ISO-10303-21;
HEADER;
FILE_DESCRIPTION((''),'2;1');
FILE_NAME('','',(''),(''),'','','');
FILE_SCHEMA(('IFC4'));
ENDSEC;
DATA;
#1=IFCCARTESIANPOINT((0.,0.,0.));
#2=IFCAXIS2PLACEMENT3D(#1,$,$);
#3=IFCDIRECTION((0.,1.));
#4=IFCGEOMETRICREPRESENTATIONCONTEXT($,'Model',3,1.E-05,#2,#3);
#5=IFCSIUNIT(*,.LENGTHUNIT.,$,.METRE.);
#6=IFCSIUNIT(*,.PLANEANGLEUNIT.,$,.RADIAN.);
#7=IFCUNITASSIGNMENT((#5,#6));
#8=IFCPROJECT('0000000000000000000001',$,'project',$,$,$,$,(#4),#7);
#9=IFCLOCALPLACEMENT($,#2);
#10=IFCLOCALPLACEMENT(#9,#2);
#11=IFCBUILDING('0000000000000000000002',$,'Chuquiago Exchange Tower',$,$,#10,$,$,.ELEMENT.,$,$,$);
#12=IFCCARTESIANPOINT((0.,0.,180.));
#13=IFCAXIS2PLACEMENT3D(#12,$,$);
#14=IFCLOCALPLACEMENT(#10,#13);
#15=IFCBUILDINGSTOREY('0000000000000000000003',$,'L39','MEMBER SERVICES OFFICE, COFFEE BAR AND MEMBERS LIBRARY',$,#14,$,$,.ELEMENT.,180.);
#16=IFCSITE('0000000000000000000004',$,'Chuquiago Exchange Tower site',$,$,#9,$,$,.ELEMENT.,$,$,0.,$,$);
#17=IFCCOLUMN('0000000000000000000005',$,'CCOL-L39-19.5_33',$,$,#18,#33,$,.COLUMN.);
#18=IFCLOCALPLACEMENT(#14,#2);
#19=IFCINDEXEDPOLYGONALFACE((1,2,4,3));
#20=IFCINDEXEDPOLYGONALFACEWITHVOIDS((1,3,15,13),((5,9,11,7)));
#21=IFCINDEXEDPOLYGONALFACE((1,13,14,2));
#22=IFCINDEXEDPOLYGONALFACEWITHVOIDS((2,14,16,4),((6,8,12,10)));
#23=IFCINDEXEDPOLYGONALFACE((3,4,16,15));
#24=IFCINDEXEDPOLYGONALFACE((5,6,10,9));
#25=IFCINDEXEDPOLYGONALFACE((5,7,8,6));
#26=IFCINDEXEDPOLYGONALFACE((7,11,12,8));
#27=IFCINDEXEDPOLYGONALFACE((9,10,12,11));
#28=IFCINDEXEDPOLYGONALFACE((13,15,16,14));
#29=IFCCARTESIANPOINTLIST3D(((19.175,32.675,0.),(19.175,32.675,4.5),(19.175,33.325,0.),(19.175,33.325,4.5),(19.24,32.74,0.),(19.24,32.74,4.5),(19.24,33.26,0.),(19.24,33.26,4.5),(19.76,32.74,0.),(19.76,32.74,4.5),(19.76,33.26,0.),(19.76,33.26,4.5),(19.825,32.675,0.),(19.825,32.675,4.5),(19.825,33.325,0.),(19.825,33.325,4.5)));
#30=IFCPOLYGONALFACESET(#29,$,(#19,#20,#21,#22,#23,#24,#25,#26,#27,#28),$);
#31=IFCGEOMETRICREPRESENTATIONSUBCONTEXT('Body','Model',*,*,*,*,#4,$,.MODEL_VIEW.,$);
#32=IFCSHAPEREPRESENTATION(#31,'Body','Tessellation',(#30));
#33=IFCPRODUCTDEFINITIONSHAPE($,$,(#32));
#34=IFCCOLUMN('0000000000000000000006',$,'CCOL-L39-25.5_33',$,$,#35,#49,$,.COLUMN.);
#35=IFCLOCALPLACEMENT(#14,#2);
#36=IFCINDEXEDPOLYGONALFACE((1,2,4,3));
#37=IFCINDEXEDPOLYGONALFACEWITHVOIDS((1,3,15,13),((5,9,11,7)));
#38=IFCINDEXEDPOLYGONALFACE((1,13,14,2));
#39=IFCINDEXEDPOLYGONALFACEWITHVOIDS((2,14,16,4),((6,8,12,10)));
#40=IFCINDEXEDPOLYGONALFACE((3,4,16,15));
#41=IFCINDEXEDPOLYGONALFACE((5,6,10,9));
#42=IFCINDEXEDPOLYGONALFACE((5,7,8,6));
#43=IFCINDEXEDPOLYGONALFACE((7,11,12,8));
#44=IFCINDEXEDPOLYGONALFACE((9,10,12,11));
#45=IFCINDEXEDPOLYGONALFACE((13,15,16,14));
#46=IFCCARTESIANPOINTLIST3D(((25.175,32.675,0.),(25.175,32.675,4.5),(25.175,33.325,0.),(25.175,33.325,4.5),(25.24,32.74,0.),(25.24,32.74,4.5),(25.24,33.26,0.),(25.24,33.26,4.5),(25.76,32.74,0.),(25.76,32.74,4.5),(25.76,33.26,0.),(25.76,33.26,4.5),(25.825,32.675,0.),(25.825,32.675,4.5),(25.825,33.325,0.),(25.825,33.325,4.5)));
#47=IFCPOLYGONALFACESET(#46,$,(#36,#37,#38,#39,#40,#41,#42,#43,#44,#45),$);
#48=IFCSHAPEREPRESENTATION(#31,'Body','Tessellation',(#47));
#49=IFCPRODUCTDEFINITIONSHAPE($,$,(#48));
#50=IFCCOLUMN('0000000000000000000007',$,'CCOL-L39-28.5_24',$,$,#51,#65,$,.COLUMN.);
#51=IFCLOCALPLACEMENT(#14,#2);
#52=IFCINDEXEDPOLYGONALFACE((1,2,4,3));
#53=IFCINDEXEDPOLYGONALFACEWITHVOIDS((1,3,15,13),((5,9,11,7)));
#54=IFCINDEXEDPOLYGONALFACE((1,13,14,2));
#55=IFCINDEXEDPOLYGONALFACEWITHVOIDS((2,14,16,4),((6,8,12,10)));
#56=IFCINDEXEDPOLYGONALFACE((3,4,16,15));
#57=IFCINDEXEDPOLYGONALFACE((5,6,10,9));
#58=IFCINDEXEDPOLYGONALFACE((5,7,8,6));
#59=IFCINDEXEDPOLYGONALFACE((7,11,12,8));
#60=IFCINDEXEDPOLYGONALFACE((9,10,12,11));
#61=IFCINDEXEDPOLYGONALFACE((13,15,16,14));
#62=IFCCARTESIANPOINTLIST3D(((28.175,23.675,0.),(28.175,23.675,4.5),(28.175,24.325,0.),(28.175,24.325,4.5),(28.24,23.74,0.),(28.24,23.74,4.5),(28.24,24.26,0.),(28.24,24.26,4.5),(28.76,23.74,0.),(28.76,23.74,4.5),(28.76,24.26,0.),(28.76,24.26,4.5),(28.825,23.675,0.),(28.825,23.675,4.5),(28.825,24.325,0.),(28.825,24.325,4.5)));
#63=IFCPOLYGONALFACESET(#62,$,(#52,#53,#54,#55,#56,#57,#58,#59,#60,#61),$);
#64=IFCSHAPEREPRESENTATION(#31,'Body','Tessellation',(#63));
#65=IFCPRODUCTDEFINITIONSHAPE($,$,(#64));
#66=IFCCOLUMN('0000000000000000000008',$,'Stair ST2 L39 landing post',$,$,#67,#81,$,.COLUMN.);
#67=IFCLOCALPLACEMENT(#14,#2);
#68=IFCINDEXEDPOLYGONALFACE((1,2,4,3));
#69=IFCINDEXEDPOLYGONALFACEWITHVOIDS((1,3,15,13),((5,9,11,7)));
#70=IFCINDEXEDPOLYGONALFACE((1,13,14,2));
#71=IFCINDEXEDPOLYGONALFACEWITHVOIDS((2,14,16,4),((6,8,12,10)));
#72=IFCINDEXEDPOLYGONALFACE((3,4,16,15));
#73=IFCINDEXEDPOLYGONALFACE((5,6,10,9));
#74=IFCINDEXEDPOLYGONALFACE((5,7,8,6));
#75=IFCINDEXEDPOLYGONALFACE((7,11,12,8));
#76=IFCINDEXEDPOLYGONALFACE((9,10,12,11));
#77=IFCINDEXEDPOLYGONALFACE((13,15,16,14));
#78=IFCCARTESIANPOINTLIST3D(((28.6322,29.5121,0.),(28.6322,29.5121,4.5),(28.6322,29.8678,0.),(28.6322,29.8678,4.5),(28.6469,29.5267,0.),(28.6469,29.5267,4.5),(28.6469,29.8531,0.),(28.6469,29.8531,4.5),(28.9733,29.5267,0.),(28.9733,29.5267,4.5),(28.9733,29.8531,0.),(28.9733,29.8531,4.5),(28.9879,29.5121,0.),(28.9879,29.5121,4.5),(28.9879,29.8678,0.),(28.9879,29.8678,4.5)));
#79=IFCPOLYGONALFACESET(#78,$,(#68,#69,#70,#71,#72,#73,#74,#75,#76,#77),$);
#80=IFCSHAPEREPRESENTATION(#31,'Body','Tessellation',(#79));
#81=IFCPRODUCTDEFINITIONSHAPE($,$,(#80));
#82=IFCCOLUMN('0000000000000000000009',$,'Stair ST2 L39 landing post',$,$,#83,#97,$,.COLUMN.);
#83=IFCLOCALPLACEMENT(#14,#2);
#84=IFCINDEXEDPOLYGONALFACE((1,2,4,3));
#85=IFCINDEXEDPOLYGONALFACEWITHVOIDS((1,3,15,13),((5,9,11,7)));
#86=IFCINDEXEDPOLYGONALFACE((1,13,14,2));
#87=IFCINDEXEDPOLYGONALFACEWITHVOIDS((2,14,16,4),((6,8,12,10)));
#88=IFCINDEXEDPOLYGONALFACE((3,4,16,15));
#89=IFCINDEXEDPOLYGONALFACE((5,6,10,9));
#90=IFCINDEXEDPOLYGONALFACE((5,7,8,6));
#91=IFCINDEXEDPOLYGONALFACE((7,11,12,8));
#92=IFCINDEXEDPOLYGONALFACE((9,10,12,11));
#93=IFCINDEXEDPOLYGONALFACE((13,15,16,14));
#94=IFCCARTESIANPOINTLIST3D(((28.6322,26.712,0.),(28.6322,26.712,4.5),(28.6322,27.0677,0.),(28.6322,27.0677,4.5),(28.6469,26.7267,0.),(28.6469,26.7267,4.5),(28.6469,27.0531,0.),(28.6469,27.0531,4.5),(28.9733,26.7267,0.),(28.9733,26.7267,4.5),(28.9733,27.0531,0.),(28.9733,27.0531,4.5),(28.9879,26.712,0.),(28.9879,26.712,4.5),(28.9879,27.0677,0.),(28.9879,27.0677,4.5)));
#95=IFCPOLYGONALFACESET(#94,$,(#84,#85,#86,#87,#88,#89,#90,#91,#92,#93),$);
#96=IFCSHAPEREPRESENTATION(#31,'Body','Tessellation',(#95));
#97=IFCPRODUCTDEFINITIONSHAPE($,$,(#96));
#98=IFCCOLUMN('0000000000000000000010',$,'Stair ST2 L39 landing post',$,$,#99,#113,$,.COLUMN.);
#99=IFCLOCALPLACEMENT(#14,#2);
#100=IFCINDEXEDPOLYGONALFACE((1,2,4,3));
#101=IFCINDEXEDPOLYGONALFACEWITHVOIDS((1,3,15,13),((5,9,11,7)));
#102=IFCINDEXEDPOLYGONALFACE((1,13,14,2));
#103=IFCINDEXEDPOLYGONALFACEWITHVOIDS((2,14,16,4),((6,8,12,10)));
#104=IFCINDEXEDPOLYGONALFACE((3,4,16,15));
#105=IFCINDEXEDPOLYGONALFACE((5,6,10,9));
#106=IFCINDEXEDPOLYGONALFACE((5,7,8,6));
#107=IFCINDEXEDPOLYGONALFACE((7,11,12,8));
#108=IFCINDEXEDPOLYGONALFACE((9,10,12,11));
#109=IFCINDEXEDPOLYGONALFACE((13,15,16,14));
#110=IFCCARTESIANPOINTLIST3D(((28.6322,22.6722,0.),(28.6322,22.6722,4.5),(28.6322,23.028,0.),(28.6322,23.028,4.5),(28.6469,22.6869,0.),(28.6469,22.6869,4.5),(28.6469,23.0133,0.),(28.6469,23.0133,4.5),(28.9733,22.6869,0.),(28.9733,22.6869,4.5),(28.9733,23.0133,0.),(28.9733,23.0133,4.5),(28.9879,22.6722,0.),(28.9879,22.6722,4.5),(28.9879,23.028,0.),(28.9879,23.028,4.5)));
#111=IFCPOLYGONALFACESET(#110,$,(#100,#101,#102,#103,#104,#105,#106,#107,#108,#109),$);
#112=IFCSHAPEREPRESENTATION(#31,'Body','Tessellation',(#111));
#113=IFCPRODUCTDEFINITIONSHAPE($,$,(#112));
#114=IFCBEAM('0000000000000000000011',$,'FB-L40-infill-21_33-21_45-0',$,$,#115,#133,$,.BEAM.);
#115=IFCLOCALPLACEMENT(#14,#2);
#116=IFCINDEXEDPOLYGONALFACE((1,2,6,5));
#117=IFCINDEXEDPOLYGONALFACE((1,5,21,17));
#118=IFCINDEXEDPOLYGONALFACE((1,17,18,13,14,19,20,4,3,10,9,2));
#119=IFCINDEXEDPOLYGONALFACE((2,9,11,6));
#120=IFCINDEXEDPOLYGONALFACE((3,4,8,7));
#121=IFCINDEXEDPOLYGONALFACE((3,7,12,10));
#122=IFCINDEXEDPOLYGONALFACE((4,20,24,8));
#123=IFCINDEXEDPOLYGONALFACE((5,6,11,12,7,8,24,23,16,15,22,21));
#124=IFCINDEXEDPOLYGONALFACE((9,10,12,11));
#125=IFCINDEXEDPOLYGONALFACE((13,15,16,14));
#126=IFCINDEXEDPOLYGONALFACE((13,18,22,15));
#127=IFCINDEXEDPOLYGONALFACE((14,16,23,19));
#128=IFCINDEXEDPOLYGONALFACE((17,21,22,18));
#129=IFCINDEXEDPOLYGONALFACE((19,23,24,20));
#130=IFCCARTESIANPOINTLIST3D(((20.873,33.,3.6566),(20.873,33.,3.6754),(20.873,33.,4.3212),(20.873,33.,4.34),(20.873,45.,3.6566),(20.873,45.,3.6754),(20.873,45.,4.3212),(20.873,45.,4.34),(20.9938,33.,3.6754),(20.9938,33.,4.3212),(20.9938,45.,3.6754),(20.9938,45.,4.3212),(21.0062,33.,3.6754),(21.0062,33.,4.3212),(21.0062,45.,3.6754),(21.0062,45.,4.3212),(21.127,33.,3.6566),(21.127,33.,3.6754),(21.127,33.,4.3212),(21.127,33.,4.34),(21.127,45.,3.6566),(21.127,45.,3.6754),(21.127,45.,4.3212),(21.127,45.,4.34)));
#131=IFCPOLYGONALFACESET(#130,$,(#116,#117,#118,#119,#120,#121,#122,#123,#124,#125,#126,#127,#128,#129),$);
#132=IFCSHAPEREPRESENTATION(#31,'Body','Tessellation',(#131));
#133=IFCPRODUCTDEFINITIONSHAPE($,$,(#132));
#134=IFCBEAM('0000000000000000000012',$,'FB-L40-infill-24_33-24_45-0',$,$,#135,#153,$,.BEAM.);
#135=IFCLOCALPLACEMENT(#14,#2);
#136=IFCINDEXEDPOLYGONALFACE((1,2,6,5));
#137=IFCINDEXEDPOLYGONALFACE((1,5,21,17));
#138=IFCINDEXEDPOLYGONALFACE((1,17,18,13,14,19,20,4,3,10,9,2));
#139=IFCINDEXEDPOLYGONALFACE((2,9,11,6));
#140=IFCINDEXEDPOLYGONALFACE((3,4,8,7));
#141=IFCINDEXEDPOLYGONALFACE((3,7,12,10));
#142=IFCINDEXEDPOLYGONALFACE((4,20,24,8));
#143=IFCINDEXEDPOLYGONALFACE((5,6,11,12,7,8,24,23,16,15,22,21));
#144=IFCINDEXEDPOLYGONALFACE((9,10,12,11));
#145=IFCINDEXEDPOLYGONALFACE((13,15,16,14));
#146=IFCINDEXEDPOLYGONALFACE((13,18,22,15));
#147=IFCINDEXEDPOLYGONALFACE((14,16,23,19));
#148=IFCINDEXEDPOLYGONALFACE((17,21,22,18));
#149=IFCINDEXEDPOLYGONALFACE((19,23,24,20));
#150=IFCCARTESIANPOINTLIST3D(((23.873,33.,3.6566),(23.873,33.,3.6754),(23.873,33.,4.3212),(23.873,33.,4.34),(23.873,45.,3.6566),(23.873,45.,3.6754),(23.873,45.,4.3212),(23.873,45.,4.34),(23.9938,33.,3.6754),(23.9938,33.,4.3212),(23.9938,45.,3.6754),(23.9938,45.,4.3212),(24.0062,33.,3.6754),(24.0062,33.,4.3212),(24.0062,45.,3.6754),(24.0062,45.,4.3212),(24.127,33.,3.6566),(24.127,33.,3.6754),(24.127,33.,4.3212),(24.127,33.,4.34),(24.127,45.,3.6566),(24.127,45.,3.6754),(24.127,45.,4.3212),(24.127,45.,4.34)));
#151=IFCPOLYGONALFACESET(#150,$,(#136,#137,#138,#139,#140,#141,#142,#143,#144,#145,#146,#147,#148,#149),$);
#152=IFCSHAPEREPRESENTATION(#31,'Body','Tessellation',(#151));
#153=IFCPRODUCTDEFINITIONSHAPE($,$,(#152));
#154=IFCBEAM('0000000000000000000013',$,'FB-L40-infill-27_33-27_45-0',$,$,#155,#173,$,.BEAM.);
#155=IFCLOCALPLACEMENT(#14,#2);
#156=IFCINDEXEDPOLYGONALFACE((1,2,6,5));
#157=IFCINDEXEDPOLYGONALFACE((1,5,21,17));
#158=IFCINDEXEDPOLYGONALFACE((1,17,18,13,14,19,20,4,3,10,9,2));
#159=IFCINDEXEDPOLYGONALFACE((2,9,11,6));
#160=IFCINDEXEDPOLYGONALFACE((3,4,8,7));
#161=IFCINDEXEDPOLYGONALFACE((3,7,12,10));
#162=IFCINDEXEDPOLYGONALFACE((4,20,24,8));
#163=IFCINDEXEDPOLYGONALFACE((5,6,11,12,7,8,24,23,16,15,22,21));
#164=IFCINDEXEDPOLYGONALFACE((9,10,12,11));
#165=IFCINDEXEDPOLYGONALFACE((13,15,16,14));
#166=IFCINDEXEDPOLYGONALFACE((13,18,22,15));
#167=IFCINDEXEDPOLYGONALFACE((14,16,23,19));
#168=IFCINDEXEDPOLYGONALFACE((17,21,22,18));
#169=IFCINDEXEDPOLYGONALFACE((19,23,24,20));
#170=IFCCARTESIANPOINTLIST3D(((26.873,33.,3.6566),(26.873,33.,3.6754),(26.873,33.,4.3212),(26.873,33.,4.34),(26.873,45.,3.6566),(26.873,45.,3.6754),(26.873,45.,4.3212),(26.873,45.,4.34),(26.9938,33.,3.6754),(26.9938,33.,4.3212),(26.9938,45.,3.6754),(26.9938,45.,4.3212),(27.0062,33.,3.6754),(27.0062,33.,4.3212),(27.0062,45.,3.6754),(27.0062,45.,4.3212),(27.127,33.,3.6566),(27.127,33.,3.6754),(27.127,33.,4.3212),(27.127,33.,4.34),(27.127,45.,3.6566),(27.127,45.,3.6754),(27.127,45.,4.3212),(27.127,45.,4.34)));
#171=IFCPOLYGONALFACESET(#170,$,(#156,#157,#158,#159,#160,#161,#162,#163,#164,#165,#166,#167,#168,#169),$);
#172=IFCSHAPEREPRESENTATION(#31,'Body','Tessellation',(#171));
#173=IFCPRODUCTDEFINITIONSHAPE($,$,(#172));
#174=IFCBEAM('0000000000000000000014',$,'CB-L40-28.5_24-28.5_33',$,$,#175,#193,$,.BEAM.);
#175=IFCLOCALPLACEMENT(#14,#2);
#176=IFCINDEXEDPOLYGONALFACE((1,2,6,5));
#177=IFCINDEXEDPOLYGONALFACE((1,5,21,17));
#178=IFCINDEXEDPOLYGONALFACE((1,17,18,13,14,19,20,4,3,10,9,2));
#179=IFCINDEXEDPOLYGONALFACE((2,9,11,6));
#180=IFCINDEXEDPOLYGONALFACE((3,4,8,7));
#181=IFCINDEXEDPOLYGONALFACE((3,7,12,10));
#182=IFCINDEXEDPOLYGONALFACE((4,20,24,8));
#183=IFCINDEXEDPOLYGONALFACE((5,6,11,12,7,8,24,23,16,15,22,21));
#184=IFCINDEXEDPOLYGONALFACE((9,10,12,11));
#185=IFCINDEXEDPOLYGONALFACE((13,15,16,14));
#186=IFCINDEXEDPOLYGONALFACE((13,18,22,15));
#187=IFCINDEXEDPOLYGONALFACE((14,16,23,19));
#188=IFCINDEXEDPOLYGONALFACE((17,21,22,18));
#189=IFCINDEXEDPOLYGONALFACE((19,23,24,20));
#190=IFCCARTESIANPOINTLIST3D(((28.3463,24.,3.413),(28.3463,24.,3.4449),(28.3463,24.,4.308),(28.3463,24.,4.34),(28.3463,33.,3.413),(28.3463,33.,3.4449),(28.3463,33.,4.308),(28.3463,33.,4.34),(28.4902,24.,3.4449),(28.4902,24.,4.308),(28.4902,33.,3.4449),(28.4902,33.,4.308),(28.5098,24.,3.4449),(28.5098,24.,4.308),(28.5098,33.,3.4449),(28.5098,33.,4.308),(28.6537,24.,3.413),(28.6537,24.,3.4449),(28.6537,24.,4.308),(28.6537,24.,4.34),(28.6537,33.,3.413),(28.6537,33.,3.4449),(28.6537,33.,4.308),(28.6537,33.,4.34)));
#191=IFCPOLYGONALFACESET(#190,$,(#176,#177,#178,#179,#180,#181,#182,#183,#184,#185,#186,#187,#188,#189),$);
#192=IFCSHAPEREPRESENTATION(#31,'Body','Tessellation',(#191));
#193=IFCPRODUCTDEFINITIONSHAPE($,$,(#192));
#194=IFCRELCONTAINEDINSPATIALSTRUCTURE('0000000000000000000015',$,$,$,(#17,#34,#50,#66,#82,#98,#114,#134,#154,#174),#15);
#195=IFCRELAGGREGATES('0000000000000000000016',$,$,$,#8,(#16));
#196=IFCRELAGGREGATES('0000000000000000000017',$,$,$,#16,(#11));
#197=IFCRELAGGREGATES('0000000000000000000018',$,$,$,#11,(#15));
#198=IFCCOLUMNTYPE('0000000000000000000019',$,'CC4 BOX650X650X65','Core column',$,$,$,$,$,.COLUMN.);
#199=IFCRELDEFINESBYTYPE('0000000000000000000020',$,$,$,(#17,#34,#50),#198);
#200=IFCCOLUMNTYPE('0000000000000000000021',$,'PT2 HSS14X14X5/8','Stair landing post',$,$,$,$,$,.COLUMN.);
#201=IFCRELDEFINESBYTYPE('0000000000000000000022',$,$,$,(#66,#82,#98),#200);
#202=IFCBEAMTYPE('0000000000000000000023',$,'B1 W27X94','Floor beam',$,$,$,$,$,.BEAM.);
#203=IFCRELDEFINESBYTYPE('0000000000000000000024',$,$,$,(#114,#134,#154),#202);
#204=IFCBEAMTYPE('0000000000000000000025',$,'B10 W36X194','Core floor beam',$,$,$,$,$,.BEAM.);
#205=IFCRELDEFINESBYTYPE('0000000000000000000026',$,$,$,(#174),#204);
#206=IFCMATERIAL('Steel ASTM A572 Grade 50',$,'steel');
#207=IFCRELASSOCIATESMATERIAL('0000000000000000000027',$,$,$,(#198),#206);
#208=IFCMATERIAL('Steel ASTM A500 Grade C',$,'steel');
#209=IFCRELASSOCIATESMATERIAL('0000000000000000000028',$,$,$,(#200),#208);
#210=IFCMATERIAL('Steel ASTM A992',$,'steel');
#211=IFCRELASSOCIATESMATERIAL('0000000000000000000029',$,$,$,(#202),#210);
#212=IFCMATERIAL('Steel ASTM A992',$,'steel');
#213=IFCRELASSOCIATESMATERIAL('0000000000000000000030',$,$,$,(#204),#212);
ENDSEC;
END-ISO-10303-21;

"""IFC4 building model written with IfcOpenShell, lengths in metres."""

from ifc_helpers import new_model, si_unit, direction, frame, origin, origin_2d, place, context, subcontext, project, spatial, hollow_rectangle, i_section, extrude, material, material_profile, profile_set, type_object, element, save


model = new_model("IFC4")

# Units and contexts
model_context = context("Model", 3, precision=1e-05, world=origin(), true_north=direction((0.0, 1.0)))
body_context = subcontext(model_context, "Body", "Model", "MODEL_VIEW")
ifc_project = project(units=[si_unit("LENGTHUNIT", "METRE"), si_unit("PLANEANGLEUNIT", "RADIAN")], contexts=[model_context])

# Site, building, storey
site_placement = place(None, origin())
site = spatial("IfcSite", under=ifc_project, at=site_placement, Name="Chuquiago Exchange Tower site", CompositionType="ELEMENT", RefElevation=0.0)
building_placement = place(site_placement, origin())
building = spatial("IfcBuilding", under=site, at=building_placement, Name="Chuquiago Exchange Tower", CompositionType="ELEMENT")
storey_placement = place(building_placement, frame((0.0, 0.0, 180.0)))
storey = spatial("IfcBuildingStorey", under=building, at=storey_placement, Name="L39", Description="MEMBER SERVICES OFFICE, COFFEE BAR AND MEMBERS LIBRARY", CompositionType="ELEMENT", Elevation=180.0)

# Columns
ifc_material_1 = material(Name="Steel ASTM A572 Grade 50", Category="steel")
ifc_material_profile_1 = material_profile(ifc_material_1, hollow_rectangle(XDim=0.6499, YDim=0.6499, WallThickness=0.0649, at=origin_2d()), Name="BOX650X650X65")
ifc_profile_set_1 = profile_set([ifc_material_profile_1], Name="Steel ASTM A572 Grade 50")
column_type_1 = type_object("IfcColumnType", Name="CC4 BOX650X650X65", Description="Core column", PredefinedType="COLUMN", material=ifc_profile_set_1)
for number, where, z_axis, x_axis, name in (
    (1, (19.5, 33.0, 0.0), (0.0, 0.0, 1.0), (1.0, 0.0, 0.0), "CCOL-L39-19.5_33"),
    (2, (25.5, 33.0, 0.0), (0.0, 0.0, 1.0), (1.0, 0.0, 0.0), "CCOL-L39-25.5_33"),
    (3, (28.5, 24.0, 0.0), (0.0, 0.0, 1.0), (1.0, 0.0, 0.0), "CCOL-L39-28.5_24"),
):
    element("IfcColumn", number, at=place(storey_placement, frame(where, z_axis=z_axis, x_axis=x_axis)), inside=storey, type_object=column_type_1, Name=name, PredefinedType="COLUMN", context=body_context, shape_type="SweptSolid", body=[
        extrude(hollow_rectangle(XDim=0.6499, YDim=0.6499, WallThickness=0.0649, at=origin_2d()), origin(), (0.0, 0.0, 1.0), 4.5),
    ])
ifc_material_2 = material(Name="Steel ASTM A500 Grade C", Category="steel")
ifc_material_profile_2 = material_profile(ifc_material_2, hollow_rectangle(XDim=0.3557, YDim=0.3557, WallThickness=0.0146, at=origin_2d()), Name="HSS14X14X5/8")
ifc_profile_set_2 = profile_set([ifc_material_profile_2], Name="Steel ASTM A500 Grade C")
column_type_2 = type_object("IfcColumnType", Name="PT2 HSS14X14X5/8", Description="Stair landing post", PredefinedType="COLUMN", material=ifc_profile_set_2)
for number, where, z_axis, x_axis, name in (
    (4, (28.8101, 29.6899, 0.0), (0.0, 0.0, 1.0), (1.0, 0.0, 0.0), "Stair ST2 L39 landing post"),
    (5, (28.8101, 26.8899, 0.0), (0.0, 0.0, 1.0), (1.0, 0.0, 0.0), "Stair ST2 L39 landing post"),
    (6, (28.8101, 22.8501, 0.0), (0.0, 0.0, 1.0), (1.0, 0.0, 0.0), "Stair ST2 L39 landing post"),
):
    element("IfcColumn", number, at=place(storey_placement, frame(where, z_axis=z_axis, x_axis=x_axis)), inside=storey, type_object=column_type_2, Name=name, PredefinedType="COLUMN", context=body_context, shape_type="SweptSolid", body=[
        extrude(hollow_rectangle(XDim=0.3557, YDim=0.3557, WallThickness=0.0146, at=origin_2d()), origin(), (0.0, 0.0, 1.0), 4.5),
    ])

# Beams
ifc_material_3 = material(Name="Steel ASTM A992", Category="steel")
ifc_material_profile_3 = material_profile(ifc_material_3, i_section(OverallWidth=0.2539, OverallDepth=0.6833, WebThickness=0.0125, FlangeThickness=0.0188, at=origin_2d()), Name="W27X94")
ifc_profile_set_3 = profile_set([ifc_material_profile_3], Name="Steel ASTM A992")
beam_type_1 = type_object("IfcBeamType", Name="B1 W27X94", Description="Floor beam", PredefinedType="BEAM", material=ifc_profile_set_3)
for number, where, z_axis, x_axis, name in (
    (7, (21.0, 33.0, 3.9983), (0.0, 1.0, 0.0), (-1.0, 0.0, 0.0), "FB-L40-infill-21_33-21_45-0"),
    (8, (24.0, 33.0, 3.9983), (0.0, 1.0, 0.0), (-1.0, 0.0, 0.0), "FB-L40-infill-24_33-24_45-0"),
    (9, (27.0, 33.0, 3.9983), (0.0, 1.0, 0.0), (-1.0, 0.0, 0.0), "FB-L40-infill-27_33-27_45-0"),
):
    element("IfcBeam", number, at=place(storey_placement, frame(where, z_axis=z_axis, x_axis=x_axis)), inside=storey, type_object=beam_type_1, Name=name, PredefinedType="BEAM", context=body_context, shape_type="SweptSolid", body=[
        extrude(i_section(OverallWidth=0.2539, OverallDepth=0.6833, WebThickness=0.0125, FlangeThickness=0.0188, at=origin_2d()), origin(), (0.0, 0.0, 1.0), 12.0),
    ])
ifc_material_4 = material(Name="Steel ASTM A992", Category="steel")
ifc_material_profile_4 = material_profile(ifc_material_4, i_section(OverallWidth=0.3074, OverallDepth=0.927, WebThickness=0.0195, FlangeThickness=0.032, at=origin_2d()), Name="W36X194")
ifc_profile_set_4 = profile_set([ifc_material_profile_4], Name="Steel ASTM A992")
beam_type_2 = type_object("IfcBeamType", Name="B10 W36X194", Description="Core floor beam", PredefinedType="BEAM", material=ifc_profile_set_4)
beam_1_placement = place(storey_placement, frame((28.5, 24.0, 3.8765), z_axis=(0.0, 1.0, 0.0), x_axis=(-1.0, 0.0, 0.0)))
element("IfcBeam", 10, at=beam_1_placement, inside=storey, type_object=beam_type_2, Name="CB-L40-28.5_24-28.5_33", PredefinedType="BEAM", context=body_context, shape_type="SweptSolid", body=[
    extrude(i_section(OverallWidth=0.3074, OverallDepth=0.927, WebThickness=0.0195, FlangeThickness=0.032, at=origin_2d()), origin(), (0.0, 0.0, 1.0), 9.0),
])

save(model, "model.ifc")
